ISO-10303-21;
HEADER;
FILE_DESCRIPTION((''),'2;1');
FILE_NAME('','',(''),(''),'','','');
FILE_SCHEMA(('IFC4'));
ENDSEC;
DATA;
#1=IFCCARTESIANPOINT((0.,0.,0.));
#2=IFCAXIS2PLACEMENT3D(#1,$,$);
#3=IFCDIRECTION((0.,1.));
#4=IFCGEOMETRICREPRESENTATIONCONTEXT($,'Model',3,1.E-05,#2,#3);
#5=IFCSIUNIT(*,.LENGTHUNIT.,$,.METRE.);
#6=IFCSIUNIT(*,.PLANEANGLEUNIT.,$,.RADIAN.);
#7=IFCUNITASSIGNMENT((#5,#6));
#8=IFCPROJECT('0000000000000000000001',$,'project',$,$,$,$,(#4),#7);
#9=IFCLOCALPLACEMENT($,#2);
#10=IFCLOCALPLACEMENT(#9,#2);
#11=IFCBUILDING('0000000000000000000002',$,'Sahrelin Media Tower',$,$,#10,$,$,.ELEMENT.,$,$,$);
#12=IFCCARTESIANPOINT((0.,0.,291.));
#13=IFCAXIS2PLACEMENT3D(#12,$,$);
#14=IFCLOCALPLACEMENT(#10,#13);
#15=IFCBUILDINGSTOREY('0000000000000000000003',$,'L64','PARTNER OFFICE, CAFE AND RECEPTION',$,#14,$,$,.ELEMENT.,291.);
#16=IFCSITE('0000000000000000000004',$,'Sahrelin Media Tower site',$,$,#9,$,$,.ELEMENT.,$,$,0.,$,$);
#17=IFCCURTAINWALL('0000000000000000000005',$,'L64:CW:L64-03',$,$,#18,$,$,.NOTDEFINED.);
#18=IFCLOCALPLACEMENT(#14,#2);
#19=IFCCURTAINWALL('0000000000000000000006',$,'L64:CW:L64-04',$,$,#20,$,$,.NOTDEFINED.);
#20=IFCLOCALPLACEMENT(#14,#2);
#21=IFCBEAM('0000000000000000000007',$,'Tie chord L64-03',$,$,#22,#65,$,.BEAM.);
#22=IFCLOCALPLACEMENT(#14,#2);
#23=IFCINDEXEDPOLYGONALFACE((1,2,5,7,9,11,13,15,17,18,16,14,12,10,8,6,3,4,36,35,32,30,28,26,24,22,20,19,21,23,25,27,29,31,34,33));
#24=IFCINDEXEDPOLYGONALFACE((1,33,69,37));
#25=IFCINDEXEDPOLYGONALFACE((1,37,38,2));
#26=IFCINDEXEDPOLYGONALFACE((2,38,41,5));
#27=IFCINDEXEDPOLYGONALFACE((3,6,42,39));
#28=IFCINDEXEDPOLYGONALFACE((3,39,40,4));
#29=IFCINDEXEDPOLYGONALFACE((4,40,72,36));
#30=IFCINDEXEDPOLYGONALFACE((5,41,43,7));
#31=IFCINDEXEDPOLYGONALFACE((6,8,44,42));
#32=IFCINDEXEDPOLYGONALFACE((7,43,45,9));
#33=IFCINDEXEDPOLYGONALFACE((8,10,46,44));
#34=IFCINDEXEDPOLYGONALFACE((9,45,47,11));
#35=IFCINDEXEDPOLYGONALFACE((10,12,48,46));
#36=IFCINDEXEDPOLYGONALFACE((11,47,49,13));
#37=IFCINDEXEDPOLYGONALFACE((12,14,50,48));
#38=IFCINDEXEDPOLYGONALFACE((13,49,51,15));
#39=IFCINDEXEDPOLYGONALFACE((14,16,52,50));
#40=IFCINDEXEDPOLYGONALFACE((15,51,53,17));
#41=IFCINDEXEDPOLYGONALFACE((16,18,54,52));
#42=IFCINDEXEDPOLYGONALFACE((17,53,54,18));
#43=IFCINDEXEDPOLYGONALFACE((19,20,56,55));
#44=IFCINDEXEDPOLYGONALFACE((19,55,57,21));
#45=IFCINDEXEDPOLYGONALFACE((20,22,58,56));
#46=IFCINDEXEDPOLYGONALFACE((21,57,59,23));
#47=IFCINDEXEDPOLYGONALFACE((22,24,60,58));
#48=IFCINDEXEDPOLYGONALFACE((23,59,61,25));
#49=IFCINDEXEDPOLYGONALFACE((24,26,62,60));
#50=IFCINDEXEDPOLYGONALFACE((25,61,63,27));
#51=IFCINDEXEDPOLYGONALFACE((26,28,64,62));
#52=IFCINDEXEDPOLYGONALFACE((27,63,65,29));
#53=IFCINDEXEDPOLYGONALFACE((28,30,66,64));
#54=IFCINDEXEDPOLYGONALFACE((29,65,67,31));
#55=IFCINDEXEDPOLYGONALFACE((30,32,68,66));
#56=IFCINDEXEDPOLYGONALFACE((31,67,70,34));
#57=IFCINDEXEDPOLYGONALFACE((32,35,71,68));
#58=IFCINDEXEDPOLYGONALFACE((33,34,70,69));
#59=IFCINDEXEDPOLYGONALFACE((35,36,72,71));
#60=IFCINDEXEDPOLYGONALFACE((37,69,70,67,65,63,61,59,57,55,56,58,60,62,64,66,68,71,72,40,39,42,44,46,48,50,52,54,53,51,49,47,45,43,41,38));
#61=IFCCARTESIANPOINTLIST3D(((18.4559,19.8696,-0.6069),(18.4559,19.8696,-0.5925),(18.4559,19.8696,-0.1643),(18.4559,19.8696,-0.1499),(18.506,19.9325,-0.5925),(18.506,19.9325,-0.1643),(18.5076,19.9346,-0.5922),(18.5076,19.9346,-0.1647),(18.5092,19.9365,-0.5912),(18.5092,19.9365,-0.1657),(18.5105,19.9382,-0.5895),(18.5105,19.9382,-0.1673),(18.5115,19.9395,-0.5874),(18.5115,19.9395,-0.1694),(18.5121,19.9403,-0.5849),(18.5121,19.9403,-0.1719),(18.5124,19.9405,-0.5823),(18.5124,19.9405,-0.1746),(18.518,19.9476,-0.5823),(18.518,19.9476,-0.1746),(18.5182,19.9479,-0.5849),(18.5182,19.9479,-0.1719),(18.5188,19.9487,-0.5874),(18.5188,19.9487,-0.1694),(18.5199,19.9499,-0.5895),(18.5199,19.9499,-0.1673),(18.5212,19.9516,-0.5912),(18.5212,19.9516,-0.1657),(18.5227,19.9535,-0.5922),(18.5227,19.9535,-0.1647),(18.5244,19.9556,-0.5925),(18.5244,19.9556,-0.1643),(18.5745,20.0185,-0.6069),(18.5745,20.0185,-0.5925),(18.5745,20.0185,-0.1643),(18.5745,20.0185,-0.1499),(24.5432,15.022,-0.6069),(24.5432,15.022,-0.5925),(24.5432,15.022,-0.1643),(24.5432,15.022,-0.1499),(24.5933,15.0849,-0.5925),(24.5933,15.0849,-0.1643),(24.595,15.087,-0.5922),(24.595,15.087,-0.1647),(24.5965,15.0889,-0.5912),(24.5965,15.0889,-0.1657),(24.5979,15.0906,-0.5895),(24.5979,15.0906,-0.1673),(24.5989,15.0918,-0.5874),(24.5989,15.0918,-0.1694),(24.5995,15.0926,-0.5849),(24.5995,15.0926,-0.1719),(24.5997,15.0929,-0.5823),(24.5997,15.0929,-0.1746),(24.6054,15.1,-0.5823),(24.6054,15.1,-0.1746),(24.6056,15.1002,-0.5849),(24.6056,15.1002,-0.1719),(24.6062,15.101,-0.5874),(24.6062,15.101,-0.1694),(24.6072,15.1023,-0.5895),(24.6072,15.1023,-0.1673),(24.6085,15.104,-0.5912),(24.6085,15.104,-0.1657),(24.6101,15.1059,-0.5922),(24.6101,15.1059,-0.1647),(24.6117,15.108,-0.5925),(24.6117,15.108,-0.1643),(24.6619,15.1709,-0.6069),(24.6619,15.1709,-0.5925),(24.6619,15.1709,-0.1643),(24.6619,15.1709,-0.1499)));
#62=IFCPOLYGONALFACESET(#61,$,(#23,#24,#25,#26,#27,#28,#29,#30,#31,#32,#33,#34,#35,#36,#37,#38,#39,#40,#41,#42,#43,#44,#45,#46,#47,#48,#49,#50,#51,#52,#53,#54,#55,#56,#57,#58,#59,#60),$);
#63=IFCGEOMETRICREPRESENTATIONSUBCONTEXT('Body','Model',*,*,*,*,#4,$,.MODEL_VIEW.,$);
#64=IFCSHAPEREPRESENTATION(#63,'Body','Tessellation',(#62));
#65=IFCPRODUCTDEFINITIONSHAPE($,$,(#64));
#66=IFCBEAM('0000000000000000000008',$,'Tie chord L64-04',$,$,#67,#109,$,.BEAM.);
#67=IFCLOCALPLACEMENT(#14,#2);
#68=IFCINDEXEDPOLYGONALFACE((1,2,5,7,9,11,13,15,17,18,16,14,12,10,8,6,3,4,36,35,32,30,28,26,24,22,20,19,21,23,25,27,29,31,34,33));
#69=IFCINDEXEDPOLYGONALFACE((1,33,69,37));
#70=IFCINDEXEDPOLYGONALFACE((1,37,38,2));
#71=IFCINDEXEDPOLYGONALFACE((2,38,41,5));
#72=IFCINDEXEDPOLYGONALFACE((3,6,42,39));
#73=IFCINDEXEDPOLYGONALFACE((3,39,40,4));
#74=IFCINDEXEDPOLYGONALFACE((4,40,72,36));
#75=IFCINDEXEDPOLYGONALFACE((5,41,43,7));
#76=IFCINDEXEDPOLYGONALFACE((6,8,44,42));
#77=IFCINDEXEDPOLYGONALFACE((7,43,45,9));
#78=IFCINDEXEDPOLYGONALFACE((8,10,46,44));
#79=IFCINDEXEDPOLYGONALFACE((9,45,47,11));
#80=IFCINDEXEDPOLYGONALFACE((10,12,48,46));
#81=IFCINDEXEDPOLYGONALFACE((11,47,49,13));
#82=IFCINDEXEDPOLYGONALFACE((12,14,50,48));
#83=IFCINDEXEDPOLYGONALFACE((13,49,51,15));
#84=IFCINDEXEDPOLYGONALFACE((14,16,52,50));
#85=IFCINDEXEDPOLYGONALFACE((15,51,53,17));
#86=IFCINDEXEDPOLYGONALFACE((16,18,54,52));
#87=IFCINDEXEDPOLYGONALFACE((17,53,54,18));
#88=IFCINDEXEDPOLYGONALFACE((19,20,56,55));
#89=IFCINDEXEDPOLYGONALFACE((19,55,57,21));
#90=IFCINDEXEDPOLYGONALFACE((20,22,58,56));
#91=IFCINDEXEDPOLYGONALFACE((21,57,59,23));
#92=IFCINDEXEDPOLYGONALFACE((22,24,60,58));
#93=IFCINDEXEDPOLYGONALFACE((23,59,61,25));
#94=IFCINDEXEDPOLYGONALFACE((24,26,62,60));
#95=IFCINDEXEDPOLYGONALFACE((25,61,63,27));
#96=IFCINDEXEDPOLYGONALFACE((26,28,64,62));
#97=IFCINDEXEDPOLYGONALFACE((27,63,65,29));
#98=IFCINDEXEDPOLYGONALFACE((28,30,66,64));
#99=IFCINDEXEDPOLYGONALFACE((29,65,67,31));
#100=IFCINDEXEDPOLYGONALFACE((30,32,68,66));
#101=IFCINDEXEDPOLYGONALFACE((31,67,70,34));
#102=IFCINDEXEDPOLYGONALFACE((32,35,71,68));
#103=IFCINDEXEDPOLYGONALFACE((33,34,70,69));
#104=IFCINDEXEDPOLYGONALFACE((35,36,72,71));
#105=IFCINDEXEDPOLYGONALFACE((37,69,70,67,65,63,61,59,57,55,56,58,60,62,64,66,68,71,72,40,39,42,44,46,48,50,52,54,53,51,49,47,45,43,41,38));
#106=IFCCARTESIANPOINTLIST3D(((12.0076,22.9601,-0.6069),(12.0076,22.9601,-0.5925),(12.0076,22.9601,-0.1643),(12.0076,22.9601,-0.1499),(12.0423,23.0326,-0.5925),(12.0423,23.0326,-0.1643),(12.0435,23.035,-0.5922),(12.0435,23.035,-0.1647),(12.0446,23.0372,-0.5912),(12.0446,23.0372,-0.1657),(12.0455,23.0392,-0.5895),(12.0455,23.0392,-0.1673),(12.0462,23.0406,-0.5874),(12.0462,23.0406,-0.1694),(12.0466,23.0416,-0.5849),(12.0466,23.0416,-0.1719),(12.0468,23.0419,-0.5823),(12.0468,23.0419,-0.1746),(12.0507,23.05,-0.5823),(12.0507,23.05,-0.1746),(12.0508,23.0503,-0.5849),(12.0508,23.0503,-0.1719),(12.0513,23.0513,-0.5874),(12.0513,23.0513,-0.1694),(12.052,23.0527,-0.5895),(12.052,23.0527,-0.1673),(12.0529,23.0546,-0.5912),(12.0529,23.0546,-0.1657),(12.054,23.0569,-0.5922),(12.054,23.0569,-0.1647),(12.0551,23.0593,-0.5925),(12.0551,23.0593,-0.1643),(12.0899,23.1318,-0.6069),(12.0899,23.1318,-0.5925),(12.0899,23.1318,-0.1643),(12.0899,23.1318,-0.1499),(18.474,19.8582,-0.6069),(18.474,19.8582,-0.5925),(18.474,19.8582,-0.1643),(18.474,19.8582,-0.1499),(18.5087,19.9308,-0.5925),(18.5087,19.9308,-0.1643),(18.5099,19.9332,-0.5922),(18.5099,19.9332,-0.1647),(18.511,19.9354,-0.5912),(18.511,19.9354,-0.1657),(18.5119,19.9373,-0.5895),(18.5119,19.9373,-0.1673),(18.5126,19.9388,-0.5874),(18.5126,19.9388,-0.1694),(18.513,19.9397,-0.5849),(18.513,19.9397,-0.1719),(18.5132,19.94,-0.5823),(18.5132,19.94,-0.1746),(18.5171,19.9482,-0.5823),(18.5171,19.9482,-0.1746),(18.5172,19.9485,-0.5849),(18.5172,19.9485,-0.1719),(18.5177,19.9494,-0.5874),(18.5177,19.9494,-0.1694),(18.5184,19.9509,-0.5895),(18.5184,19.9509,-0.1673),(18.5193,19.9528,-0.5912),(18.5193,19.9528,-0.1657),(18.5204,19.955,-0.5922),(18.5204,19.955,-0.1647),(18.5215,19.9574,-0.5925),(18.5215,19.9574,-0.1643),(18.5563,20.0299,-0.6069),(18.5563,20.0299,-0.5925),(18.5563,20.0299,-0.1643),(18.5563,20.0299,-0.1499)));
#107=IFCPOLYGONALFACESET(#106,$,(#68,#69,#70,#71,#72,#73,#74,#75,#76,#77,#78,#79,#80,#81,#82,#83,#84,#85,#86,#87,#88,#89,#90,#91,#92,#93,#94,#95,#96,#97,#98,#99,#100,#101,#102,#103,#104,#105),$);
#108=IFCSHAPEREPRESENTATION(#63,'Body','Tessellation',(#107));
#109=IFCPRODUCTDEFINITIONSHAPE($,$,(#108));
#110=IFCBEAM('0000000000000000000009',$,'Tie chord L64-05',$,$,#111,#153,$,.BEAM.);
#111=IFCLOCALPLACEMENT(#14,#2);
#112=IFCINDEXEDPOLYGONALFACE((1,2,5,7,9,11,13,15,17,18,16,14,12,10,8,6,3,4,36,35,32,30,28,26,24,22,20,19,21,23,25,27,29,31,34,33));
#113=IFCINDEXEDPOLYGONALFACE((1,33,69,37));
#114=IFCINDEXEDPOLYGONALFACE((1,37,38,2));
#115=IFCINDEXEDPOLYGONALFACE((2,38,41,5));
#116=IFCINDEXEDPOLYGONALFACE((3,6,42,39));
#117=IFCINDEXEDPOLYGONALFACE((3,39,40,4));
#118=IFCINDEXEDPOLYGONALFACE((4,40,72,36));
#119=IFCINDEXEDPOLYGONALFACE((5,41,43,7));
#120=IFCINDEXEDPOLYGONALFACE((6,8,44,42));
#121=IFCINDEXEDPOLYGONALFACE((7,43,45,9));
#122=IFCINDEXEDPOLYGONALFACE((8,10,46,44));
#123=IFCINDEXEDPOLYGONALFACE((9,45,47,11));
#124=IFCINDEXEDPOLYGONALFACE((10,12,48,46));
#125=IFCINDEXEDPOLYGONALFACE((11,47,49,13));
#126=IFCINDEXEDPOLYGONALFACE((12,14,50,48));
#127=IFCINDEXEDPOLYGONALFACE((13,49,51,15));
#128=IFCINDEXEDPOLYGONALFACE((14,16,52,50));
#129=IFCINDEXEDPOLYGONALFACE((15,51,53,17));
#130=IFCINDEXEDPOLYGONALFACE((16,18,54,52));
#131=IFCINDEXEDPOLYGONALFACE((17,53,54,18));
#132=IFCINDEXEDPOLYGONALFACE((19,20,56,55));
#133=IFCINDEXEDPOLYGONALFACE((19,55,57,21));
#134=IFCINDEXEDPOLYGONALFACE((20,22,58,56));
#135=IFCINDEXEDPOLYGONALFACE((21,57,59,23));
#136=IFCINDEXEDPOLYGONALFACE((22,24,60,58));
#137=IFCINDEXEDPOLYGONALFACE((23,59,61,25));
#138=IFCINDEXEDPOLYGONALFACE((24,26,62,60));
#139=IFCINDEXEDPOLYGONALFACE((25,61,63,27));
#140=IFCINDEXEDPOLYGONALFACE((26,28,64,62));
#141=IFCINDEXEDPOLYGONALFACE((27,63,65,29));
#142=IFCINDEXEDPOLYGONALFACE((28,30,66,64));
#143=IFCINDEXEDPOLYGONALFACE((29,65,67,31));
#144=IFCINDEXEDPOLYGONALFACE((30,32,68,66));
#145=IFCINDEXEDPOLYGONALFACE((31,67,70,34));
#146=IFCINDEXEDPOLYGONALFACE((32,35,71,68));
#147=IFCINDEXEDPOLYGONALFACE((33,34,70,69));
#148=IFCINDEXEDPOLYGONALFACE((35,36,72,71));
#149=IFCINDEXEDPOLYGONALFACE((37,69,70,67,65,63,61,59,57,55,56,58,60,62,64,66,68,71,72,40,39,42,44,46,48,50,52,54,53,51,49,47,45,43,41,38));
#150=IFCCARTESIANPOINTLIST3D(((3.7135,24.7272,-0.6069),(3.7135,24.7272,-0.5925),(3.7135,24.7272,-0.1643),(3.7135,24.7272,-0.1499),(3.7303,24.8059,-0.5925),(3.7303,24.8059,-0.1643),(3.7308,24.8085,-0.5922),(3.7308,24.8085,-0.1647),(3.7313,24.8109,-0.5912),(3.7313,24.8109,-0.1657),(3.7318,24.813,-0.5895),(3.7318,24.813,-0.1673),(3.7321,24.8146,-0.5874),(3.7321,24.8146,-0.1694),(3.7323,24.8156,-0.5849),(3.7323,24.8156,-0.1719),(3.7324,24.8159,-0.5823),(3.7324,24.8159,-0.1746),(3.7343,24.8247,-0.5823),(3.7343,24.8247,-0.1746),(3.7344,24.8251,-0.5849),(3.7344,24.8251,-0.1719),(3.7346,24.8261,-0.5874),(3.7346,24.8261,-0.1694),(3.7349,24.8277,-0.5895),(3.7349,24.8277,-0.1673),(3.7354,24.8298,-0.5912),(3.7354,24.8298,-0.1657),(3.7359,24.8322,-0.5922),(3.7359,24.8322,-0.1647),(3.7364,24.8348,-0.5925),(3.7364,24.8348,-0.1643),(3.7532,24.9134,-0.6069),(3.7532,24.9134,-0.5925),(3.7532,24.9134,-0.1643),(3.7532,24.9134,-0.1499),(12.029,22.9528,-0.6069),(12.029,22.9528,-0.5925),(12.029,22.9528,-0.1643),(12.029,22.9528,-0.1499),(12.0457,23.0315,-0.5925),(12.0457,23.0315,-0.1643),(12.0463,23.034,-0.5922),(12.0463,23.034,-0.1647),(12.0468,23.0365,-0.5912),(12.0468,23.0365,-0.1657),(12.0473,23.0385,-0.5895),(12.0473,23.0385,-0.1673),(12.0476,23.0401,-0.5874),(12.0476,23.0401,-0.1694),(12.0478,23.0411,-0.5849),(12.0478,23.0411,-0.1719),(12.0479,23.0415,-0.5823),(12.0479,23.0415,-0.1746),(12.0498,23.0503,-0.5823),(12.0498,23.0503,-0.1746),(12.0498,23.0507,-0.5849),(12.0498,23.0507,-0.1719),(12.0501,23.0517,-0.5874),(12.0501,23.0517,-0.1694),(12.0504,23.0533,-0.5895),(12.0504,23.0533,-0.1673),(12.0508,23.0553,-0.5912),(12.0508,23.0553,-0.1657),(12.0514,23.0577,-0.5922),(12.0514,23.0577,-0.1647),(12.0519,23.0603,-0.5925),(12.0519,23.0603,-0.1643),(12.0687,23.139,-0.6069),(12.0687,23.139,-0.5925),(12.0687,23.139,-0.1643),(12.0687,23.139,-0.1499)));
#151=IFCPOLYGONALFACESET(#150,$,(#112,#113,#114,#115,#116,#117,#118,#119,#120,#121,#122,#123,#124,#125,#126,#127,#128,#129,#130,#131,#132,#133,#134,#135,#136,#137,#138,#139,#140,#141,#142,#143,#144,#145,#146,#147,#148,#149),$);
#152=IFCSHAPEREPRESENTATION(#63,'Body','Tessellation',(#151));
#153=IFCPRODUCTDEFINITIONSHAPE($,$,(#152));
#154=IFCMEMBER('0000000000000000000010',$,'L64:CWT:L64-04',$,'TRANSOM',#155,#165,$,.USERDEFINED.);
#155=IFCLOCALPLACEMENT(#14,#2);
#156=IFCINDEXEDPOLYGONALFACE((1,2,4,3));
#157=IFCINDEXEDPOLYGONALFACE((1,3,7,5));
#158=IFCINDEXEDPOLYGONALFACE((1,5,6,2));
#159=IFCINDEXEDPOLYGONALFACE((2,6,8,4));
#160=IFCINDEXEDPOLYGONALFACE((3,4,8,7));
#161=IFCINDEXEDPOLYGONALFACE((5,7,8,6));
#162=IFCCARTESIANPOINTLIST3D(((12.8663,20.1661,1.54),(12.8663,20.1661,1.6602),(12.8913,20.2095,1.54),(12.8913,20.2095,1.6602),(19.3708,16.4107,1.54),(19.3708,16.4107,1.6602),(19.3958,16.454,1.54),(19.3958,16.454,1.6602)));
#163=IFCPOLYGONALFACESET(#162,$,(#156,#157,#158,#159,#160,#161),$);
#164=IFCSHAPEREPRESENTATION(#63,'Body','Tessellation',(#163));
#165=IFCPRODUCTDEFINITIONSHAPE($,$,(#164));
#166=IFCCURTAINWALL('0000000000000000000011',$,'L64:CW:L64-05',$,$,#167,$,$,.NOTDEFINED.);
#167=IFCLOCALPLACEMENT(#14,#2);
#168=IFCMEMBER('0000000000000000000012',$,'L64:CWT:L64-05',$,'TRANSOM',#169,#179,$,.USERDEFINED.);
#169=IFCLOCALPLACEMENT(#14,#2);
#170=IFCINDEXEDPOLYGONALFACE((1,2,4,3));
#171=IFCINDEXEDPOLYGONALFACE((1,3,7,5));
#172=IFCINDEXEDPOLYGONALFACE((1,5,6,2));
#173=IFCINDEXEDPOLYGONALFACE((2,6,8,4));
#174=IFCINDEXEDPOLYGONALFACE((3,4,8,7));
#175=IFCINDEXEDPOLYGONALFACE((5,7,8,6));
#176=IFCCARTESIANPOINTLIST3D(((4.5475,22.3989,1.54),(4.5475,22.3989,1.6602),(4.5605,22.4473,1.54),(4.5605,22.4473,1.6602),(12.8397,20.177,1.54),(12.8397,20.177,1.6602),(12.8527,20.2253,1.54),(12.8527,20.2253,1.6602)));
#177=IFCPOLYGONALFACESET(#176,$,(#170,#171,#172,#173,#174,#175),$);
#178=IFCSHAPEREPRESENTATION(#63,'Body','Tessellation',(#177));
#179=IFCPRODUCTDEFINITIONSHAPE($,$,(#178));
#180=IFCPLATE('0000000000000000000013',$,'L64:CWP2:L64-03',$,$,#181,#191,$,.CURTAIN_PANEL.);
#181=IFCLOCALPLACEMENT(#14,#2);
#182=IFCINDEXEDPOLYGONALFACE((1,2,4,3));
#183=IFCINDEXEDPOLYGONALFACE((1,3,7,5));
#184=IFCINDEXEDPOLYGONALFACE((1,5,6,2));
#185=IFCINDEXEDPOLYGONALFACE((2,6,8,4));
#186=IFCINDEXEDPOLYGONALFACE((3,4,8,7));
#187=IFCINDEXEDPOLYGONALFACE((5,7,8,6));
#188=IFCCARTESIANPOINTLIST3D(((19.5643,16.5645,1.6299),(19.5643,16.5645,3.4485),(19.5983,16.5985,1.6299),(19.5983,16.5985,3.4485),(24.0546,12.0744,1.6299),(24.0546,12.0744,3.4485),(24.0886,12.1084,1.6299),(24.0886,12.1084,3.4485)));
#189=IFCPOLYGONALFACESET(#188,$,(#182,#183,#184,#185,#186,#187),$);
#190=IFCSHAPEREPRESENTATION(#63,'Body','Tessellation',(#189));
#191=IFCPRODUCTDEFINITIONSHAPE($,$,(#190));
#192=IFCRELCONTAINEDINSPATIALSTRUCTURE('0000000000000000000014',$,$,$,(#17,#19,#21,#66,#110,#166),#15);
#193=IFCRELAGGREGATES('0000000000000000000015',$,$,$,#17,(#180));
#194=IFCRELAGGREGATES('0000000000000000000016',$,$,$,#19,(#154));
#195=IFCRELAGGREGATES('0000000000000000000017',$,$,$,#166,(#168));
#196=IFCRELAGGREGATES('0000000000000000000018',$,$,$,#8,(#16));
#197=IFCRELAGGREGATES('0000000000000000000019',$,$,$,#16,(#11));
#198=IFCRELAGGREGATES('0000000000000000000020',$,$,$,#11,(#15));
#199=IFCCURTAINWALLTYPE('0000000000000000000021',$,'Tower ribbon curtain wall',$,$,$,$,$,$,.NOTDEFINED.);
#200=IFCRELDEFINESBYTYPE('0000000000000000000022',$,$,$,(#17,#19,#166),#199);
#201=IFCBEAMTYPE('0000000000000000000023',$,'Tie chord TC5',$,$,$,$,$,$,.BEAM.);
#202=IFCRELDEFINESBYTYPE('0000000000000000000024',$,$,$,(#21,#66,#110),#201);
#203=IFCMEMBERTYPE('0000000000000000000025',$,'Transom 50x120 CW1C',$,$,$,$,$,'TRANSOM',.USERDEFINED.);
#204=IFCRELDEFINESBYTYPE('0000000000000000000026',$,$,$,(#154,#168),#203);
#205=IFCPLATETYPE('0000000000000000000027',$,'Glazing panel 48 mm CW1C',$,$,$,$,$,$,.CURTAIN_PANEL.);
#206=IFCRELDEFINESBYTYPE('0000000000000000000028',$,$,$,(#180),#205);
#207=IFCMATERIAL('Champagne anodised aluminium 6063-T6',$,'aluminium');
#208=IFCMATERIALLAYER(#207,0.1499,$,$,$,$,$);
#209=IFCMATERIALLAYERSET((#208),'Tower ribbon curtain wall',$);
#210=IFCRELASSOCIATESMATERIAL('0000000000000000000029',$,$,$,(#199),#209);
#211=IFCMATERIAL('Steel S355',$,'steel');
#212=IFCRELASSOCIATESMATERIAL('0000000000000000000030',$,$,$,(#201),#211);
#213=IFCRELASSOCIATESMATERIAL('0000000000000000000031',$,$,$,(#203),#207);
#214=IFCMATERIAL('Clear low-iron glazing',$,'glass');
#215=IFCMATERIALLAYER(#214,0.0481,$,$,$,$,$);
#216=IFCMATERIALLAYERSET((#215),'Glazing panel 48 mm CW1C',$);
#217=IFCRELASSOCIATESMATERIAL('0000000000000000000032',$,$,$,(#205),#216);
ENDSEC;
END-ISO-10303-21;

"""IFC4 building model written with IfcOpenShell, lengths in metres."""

from ifc_helpers import new_model, si_unit, direction, frame, origin, origin_2d, place, context, subcontext, project, spatial, polyline, rectangle, i_section, outline, extrude, material, layer, layer_set, material_profile, profile_set, type_object, element, aggregate, save


model = new_model("IFC4")

# Units and contexts
model_context = context("Model", 3, precision=1e-05, world=origin(), true_north=direction((0.0, 1.0)))
body_context = subcontext(model_context, "Body", "Model", "MODEL_VIEW")
ifc_project = project(units=[si_unit("LENGTHUNIT", "METRE"), si_unit("PLANEANGLEUNIT", "RADIAN")], contexts=[model_context])

# Site, building, storey
site_placement = place(None, origin())
site = spatial("IfcSite", under=ifc_project, at=site_placement, Name="Sahrelin Media Tower site", CompositionType="ELEMENT", RefElevation=0.0)
building_placement = place(site_placement, origin())
building = spatial("IfcBuilding", under=site, at=building_placement, Name="Sahrelin Media Tower", CompositionType="ELEMENT")
storey_placement = place(building_placement, frame((0.0, 0.0, 291.0)))
storey = spatial("IfcBuildingStorey", under=building, at=storey_placement, Name="L64", Description="PARTNER OFFICE, CAFE AND RECEPTION", CompositionType="ELEMENT", Elevation=291.0)

# Shared definitions
ifc_material_1 = material(Name="Steel S355", Category="steel")

# Curtain walls
ifc_material_2 = material(Name="Champagne anodised aluminium 6063-T6", Category="aluminium")
ifc_layer_1 = layer(ifc_material_2, 0.1499)
ifc_layer_set_1 = layer_set([ifc_layer_1], Name="Tower ribbon curtain wall")
curtain_wall_type = type_object("IfcCurtainWallType", Name="Tower ribbon curtain wall", PredefinedType="NOTDEFINED", material=ifc_layer_set_1)
curtain_wall_1_placement = place(storey_placement, frame((21.8293, 14.3391, 0.0), z_axis=(0.0, 0.0, 1.0), x_axis=(1.0, 0.0, 0.0)))
curtain_wall_1 = element("IfcCurtainWall", 1, at=curtain_wall_1_placement, inside=storey, type_object=curtain_wall_type, Name="L64:CW:L64-03", PredefinedType="NOTDEFINED")
curtain_wall_2_placement = place(storey_placement, frame((16.2534, 18.5222, 0.0), z_axis=(0.0, 0.0, 1.0), x_axis=(1.0, 0.0, 0.0)))
curtain_wall_2 = element("IfcCurtainWall", 2, at=curtain_wall_2_placement, inside=storey, type_object=curtain_wall_type, Name="L64:CW:L64-04", PredefinedType="NOTDEFINED")

# Beams
ifc_material_profile_1 = material_profile(ifc_material_1, i_section(OverallWidth=0.1904, OverallDepth=0.457, WebThickness=0.009, FlangeThickness=0.0144, FilletRadius=0.0103, at=origin_2d()), Name="UB 457x191x74")
ifc_profile_set_1 = profile_set([ifc_material_profile_1], Name="Steel S355")
beam_type_1 = type_object("IfcBeamType", Name="Tie chord TC5", PredefinedType="BEAM", material=ifc_profile_set_1)
beam_1_placement = place(storey_placement, frame((24.6025, 15.0964, -0.3784), z_axis=(-0.782263, 0.622949, 0.0), x_axis=(-0.622949, -0.782263, 0.0)))
element("IfcBeam", 3, at=beam_1_placement, inside=storey, type_object=beam_type_1, Name="Tie chord L64-03", PredefinedType="BEAM", context=body_context, shape_type="SweptSolid", body=[
    extrude(i_section(OverallWidth=0.1904, OverallDepth=0.457, WebThickness=0.009, FlangeThickness=0.0144, FilletRadius=0.0103, at=origin_2d()), origin(), (0.0, 0.0, 1.0), 7.7817),
])
beam_2_placement = place(storey_placement, frame((18.5151, 19.9441, -0.3784), z_axis=(-0.901633, 0.432502, 0.0), x_axis=(-0.432502, -0.901633, 0.0)))
element("IfcBeam", 4, at=beam_2_placement, inside=storey, type_object=beam_type_1, Name="Tie chord L64-04", PredefinedType="BEAM", context=body_context, shape_type="SweptSolid", body=[
    extrude(i_section(OverallWidth=0.1904, OverallDepth=0.457, WebThickness=0.009, FlangeThickness=0.0144, FilletRadius=0.0103, at=origin_2d()), origin(), (0.0, 0.0, 1.0), 7.1719),
])
beam_3_placement = place(storey_placement, frame((12.0488, 23.0459, -0.3784), z_axis=(-0.977982, 0.20869, 0.0), x_axis=(-0.20869, -0.977982, 0.0)))
element("IfcBeam", 5, at=beam_3_placement, inside=storey, type_object=beam_type_1, Name="Tie chord L64-05", PredefinedType="BEAM", context=body_context, shape_type="SweptSolid", body=[
    extrude(i_section(OverallWidth=0.1904, OverallDepth=0.457, WebThickness=0.009, FlangeThickness=0.0144, FilletRadius=0.0103, at=origin_2d()), origin(), (0.0, 0.0, 1.0), 8.5027),
])

# Member
ifc_material_profile_2 = material_profile(ifc_material_2, rectangle(XDim=0.05, YDim=0.1201, at=origin_2d()), Name="Transom 50x120")
ifc_profile_set_2 = profile_set([ifc_material_profile_2], Name="Champagne anodised aluminium 6063-T6")
member_type_1 = type_object("IfcMemberType", Name="Transom 50x120 CW1C", ElementType="TRANSOM", PredefinedType="USERDEFINED", material=ifc_profile_set_2)
member_1_placement = place(storey_placement, frame((19.3833, 16.4324, 1.6001), z_axis=(-0.866022, 0.500006, 0.0), x_axis=(-0.500006, -0.866022, 0.0)))
member_1 = element("IfcMember", 6, at=member_1_placement, type_object=member_type_1, Name="L64:CWT:L64-04", ObjectType="TRANSOM", PredefinedType="USERDEFINED", context=body_context, shape_type="SweptSolid", body=[
    extrude(rectangle(XDim=0.05, YDim=0.1201, at=origin_2d()), origin(), (0.0, 0.0, 1.0), 7.5107),
])

# Curtain wall, member
curtain_wall_3_placement = place(storey_placement, frame((8.7637, 21.5488, 0.0), z_axis=(0.0, 0.0, 1.0), x_axis=(1.0, 0.0, 0.0)))
curtain_wall_3 = element("IfcCurtainWall", 7, at=curtain_wall_3_placement, inside=storey, type_object=curtain_wall_type, Name="L64:CW:L64-05", PredefinedType="NOTDEFINED")
member_2_placement = place(storey_placement, frame((12.8462, 20.2012, 1.6001), z_axis=(-0.965925, 0.258822, 0.0), x_axis=(-0.258822, -0.965925, 0.0)))
member_2 = element("IfcMember", 8, at=member_2_placement, type_object=member_type_1, Name="L64:CWT:L64-05", ObjectType="TRANSOM", PredefinedType="USERDEFINED", context=body_context, shape_type="SweptSolid", body=[
    extrude(rectangle(XDim=0.05, YDim=0.1201, at=origin_2d()), origin(), (0.0, 0.0, 1.0), 8.5847),
])

# Plate
ifc_material_3 = material(Name="Clear low-iron glazing", Category="glass")
ifc_layer_2 = layer(ifc_material_3, 0.0481)
ifc_layer_set_2 = layer_set([ifc_layer_2], Name="Glazing panel 48 mm CW1C")
plate_type_1 = type_object("IfcPlateType", Name="Glazing panel 48 mm CW1C", PredefinedType="CURTAIN_PANEL", material=ifc_layer_set_2)
plate_1_placement = place(storey_placement, frame((24.0886, 12.1084, 1.6299), z_axis=(0.707088, 0.707126, 0.0), x_axis=(-0.707126, 0.707088, 0.0)))
plate_1 = element("IfcPlate", 9, at=plate_1_placement, type_object=plate_type_1, Name="L64:CWP2:L64-03", PredefinedType="CURTAIN_PANEL", context=body_context, shape_type="SweptSolid", body=[
    extrude(outline(polyline([(0.0, 0.0), (6.3501, 0.0), (6.3501, 1.8186), (0.0, 1.8186), (0.0, 0.0)])), origin(), (0.0, 0.0, -1.0), 0.0481),
])
aggregate(curtain_wall_1, [plate_1])
aggregate(curtain_wall_2, [member_1])
aggregate(curtain_wall_3, [member_2])

save(model, "model.ifc")
